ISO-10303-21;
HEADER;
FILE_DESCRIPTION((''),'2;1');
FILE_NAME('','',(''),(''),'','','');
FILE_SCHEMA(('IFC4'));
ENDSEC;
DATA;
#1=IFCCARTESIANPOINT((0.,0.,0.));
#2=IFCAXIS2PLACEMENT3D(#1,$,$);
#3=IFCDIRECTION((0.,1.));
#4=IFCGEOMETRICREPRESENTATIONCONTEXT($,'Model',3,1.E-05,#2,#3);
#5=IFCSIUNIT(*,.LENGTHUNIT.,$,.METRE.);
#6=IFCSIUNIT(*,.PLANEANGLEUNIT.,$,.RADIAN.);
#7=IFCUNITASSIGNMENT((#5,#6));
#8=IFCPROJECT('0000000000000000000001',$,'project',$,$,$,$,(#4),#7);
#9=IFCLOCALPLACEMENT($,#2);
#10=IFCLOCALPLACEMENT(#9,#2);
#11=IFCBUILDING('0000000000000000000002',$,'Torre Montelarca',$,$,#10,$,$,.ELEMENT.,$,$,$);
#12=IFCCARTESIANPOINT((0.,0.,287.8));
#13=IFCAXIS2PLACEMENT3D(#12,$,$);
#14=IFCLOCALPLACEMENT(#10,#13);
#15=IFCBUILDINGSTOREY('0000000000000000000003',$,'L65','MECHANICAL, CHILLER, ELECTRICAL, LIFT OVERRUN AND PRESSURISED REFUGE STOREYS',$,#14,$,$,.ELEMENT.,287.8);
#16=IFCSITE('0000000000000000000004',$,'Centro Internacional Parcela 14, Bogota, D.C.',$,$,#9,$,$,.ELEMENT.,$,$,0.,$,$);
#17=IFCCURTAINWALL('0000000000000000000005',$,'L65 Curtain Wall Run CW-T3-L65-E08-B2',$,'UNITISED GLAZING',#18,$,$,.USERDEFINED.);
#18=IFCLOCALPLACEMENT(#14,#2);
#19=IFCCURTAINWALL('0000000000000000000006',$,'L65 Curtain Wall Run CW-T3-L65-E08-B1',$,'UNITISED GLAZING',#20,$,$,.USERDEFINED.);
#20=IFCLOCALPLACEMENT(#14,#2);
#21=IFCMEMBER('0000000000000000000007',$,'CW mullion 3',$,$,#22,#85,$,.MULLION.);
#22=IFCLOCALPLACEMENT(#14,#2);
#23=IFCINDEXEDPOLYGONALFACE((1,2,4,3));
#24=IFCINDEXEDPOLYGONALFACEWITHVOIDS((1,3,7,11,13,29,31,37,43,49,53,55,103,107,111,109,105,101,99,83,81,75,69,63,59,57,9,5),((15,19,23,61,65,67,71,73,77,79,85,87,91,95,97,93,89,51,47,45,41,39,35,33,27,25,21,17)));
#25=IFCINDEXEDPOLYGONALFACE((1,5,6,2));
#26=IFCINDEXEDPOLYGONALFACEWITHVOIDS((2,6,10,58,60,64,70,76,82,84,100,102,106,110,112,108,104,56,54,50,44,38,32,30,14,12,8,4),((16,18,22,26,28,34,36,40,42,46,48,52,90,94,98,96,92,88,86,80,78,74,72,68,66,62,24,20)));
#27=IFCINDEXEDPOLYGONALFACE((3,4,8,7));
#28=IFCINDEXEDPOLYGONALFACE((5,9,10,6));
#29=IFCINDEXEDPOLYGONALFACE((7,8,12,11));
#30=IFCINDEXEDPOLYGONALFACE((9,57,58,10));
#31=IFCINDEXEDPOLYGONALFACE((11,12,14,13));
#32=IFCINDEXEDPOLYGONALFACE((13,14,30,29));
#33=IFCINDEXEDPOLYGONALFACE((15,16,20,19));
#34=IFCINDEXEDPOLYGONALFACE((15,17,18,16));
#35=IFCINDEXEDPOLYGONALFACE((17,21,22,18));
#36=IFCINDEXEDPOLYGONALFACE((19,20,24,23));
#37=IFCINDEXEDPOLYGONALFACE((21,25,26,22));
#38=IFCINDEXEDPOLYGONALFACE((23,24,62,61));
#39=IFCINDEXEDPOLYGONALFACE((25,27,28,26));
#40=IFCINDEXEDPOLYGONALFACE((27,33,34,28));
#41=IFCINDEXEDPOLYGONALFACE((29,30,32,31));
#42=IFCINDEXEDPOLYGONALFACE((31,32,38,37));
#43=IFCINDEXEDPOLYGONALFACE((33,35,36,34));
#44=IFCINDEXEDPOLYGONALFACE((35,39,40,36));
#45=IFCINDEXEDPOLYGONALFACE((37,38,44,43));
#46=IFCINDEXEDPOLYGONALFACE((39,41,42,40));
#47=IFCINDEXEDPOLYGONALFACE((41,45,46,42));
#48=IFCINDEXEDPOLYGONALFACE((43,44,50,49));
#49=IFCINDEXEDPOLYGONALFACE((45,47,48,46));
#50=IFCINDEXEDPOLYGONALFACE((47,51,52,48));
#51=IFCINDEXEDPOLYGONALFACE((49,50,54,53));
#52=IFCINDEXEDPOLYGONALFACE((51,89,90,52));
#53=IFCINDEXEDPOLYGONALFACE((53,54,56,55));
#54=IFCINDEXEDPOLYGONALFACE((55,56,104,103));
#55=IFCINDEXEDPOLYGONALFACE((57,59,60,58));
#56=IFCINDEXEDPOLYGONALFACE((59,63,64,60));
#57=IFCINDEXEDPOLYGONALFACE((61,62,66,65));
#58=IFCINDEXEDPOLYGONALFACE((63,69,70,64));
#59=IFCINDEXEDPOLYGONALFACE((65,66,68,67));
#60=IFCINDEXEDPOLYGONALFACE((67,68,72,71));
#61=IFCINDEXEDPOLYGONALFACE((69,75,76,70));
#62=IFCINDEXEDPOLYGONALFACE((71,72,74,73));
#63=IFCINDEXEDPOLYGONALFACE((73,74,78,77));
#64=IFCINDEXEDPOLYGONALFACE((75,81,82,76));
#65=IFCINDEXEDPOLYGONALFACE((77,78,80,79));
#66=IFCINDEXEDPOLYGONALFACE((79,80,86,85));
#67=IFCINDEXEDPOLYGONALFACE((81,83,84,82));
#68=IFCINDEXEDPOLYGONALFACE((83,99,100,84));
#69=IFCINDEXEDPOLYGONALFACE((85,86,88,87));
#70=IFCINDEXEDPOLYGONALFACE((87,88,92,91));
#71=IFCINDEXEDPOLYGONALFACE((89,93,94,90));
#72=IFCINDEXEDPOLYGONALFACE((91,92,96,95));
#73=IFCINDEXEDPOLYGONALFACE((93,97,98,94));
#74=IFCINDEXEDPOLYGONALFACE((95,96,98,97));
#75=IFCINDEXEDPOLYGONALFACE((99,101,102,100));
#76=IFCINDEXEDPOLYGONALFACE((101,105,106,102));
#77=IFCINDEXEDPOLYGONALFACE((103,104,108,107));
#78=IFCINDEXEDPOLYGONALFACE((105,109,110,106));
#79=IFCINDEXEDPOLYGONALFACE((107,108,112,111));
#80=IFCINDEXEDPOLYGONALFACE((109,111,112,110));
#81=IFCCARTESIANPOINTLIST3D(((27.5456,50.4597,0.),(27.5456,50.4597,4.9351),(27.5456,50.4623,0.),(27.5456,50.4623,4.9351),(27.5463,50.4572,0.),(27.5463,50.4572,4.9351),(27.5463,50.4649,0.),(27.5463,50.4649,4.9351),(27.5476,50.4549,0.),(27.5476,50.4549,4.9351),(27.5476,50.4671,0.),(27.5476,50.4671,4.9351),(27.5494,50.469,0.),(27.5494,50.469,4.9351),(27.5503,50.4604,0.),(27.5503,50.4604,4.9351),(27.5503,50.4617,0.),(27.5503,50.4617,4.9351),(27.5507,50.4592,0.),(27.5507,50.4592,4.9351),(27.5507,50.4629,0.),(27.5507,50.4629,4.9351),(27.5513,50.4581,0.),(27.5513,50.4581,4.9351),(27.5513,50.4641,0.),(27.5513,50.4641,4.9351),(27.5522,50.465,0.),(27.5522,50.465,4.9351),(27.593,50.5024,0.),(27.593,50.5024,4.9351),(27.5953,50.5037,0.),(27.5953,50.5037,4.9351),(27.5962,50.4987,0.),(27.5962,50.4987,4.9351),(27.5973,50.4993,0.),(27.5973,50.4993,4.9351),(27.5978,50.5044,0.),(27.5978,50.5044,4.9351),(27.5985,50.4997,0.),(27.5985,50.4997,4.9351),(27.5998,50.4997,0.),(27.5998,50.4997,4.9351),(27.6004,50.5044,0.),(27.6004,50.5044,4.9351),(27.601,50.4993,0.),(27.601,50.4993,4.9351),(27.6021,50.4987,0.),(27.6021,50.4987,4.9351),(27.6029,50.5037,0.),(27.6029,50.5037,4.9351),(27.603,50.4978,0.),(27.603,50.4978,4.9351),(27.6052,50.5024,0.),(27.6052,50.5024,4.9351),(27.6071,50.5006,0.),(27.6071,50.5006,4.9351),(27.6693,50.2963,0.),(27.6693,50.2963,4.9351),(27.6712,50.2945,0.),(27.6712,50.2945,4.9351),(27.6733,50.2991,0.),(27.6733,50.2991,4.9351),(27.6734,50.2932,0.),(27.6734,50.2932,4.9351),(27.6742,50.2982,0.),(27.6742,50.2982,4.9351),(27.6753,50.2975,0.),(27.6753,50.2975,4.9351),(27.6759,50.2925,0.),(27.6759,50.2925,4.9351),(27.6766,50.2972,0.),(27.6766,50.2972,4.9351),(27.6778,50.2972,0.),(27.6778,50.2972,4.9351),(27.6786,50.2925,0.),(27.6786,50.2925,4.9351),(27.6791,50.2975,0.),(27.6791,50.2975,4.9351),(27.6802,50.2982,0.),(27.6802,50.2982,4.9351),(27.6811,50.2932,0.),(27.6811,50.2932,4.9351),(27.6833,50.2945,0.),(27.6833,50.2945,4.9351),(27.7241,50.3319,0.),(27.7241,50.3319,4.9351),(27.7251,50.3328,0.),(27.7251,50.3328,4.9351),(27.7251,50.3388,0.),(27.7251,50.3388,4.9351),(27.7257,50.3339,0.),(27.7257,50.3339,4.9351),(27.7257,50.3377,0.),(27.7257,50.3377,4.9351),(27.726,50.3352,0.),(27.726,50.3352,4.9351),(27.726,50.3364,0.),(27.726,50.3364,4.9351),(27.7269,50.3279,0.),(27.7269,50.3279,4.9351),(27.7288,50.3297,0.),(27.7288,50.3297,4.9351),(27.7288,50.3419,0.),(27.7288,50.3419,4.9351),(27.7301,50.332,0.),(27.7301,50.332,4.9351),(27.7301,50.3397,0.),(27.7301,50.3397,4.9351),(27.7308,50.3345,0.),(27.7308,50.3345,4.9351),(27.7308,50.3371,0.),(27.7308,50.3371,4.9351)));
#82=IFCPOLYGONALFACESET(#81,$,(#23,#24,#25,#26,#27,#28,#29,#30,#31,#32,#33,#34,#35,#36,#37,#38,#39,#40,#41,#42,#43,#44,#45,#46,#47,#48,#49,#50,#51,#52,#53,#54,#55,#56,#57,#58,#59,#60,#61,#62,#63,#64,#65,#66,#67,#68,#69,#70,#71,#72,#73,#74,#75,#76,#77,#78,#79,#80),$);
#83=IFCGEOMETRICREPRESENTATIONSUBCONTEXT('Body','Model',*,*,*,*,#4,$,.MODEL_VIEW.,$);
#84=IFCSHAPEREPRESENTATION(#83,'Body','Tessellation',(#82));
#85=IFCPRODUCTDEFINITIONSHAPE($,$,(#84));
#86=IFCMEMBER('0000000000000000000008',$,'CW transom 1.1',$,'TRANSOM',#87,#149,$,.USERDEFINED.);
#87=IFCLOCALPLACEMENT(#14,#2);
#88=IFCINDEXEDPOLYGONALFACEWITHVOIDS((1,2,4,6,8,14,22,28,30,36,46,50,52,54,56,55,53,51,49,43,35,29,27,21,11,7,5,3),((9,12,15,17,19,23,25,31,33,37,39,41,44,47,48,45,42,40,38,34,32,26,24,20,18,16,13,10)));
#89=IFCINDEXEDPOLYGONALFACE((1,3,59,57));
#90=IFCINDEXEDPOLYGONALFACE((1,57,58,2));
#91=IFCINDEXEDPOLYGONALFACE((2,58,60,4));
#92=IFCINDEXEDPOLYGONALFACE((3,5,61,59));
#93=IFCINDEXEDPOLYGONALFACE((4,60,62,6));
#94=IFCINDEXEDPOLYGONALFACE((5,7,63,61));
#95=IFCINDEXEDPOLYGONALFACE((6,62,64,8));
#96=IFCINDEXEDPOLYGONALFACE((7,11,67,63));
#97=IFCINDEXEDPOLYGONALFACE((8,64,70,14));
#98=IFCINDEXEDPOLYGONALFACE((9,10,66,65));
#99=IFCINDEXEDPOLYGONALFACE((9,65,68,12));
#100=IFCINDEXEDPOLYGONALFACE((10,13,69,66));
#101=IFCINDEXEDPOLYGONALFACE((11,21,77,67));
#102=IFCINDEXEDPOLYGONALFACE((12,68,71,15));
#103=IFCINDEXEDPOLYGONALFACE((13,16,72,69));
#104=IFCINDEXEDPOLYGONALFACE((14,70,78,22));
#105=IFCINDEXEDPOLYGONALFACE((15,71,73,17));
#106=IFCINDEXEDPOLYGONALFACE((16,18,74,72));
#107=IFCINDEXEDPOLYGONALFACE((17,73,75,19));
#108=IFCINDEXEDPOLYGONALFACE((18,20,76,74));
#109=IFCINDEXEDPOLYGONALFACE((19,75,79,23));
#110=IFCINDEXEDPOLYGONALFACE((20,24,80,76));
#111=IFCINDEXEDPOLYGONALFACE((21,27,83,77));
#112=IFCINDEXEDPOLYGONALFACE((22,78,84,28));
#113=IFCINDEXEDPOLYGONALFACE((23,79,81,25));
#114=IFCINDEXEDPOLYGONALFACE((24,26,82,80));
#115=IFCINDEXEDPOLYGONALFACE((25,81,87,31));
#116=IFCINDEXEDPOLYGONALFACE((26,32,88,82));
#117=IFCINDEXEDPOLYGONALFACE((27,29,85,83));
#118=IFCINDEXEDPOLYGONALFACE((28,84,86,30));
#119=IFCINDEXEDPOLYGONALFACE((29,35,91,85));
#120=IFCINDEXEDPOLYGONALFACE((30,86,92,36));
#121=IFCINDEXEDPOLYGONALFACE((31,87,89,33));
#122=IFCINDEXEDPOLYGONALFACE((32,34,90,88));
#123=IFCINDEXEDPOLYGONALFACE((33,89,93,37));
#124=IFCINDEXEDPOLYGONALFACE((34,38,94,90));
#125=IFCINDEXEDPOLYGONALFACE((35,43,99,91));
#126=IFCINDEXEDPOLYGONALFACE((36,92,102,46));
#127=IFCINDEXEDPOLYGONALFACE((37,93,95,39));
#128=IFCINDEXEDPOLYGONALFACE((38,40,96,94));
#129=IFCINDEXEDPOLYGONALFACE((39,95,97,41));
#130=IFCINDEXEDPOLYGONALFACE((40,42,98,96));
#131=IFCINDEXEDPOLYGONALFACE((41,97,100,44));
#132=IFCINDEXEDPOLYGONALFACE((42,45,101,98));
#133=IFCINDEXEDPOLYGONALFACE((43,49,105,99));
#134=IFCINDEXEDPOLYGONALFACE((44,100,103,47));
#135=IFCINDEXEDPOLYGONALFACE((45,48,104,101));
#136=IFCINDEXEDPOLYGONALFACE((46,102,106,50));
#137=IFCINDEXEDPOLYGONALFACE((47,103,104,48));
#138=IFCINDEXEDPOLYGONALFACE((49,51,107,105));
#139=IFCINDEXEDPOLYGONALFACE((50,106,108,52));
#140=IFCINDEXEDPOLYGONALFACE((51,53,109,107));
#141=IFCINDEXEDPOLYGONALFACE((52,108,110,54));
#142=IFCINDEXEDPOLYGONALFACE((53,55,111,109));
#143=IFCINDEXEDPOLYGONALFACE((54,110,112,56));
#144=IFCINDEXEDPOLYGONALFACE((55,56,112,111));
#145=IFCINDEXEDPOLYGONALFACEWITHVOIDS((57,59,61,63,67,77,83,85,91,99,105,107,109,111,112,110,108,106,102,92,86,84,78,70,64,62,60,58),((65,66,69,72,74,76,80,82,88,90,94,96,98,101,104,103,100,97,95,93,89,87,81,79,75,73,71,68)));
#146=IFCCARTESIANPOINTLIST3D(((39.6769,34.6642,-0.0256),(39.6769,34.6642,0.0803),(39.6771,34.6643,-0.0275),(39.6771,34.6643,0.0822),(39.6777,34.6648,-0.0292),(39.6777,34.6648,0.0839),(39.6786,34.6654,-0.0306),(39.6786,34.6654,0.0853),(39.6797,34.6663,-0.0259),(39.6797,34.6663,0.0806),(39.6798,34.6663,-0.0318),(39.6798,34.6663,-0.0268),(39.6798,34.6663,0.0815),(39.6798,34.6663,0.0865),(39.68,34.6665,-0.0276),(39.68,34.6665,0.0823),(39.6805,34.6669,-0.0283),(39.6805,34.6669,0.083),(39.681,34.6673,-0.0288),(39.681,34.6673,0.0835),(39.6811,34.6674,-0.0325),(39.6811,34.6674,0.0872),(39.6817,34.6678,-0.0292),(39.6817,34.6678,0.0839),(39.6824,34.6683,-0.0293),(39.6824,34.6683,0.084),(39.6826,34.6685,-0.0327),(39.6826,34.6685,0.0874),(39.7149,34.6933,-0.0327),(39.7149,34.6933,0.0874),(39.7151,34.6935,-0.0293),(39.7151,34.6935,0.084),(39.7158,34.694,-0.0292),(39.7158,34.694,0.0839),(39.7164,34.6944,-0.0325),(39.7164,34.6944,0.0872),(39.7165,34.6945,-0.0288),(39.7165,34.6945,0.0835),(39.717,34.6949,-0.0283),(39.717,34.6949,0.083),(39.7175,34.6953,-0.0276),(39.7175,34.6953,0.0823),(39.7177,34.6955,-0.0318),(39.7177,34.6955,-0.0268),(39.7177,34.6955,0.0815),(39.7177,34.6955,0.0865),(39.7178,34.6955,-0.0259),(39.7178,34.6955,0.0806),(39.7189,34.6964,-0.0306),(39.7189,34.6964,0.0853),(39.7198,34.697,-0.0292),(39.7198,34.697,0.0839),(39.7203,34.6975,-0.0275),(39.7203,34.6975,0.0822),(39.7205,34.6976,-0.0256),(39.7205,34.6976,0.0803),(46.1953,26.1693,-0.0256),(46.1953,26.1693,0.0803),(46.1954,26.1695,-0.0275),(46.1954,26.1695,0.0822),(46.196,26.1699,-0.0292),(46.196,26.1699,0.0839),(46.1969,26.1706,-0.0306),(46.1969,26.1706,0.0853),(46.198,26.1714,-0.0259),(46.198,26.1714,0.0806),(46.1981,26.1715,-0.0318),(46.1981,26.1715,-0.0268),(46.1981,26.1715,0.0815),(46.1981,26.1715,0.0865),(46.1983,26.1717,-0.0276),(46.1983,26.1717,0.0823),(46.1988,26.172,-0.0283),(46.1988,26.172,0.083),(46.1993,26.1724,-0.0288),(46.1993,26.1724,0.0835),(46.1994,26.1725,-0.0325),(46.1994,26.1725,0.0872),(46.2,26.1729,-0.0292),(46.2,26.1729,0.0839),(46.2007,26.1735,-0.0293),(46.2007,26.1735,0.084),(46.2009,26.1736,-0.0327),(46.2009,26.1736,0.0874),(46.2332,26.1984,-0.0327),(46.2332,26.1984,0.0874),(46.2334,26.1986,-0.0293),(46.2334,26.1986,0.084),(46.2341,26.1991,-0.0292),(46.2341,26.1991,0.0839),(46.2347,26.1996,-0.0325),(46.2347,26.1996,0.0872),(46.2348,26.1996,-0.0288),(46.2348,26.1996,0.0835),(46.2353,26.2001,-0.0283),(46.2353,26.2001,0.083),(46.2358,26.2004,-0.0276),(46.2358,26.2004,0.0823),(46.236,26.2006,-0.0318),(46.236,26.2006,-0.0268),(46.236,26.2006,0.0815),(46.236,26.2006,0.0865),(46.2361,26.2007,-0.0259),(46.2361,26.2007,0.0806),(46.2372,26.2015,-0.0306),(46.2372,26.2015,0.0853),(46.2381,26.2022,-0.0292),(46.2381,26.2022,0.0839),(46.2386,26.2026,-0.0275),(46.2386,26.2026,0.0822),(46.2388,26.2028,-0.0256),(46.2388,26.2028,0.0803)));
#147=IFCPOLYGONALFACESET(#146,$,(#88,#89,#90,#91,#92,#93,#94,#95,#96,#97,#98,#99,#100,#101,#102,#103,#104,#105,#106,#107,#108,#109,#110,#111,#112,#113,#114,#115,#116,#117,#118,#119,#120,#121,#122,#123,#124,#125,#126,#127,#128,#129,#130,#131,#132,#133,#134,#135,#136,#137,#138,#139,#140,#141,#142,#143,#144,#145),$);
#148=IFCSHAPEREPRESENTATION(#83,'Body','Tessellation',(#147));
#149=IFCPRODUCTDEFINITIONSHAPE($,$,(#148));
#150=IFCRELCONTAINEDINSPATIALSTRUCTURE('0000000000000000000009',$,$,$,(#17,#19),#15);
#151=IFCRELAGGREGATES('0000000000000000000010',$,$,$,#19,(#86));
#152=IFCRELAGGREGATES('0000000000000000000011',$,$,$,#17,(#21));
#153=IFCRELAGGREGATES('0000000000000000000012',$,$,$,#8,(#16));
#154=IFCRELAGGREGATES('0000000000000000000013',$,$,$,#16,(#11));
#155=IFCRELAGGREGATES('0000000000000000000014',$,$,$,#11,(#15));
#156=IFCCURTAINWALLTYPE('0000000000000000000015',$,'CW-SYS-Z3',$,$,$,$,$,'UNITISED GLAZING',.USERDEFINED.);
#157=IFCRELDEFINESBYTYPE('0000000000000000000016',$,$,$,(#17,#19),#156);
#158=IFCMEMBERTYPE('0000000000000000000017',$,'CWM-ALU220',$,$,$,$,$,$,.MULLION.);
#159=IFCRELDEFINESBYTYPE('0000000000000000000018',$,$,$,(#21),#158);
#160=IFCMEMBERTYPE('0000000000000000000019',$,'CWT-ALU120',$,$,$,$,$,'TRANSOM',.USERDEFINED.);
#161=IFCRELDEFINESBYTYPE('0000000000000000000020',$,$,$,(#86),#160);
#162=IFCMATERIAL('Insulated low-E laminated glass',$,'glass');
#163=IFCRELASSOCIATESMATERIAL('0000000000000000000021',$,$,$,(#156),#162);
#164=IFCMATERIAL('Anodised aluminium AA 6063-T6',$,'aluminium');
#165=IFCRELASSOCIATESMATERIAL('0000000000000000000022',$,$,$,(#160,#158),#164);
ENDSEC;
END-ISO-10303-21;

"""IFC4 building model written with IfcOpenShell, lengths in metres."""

from ifc_helpers import new_model, si_unit, direction, frame, origin, origin_2d, place, context, subcontext, project, spatial, hollow_rectangle, extrude, source, transform, mapped, material, material_profile, profile_set, type_object, element, aggregate, save


model = new_model("IFC4")

# Units and contexts
model_context = context("Model", 3, precision=1e-05, world=origin(), true_north=direction((0.0, 1.0)))
body_context = subcontext(model_context, "Body", "Model", "MODEL_VIEW")
ifc_project = project(units=[si_unit("LENGTHUNIT", "METRE"), si_unit("PLANEANGLEUNIT", "RADIAN")], contexts=[model_context])

# Site, building, storey
site_placement = place(None, origin())
site = spatial("IfcSite", under=ifc_project, at=site_placement, Name="Centro Internacional Parcela 14, Bogota, D.C.", CompositionType="ELEMENT", RefElevation=0.0)
building_placement = place(site_placement, origin())
building = spatial("IfcBuilding", under=site, at=building_placement, Name="Torre Montelarca", CompositionType="ELEMENT")
storey_placement = place(building_placement, frame((0.0, 0.0, 287.8)))
storey = spatial("IfcBuildingStorey", under=building, at=storey_placement, Name="L65", Description="MECHANICAL, CHILLER, ELECTRICAL, LIFT OVERRUN AND PRESSURISED REFUGE STOREYS", CompositionType="ELEMENT", Elevation=287.8)

# Curtain walls
ifc_material_1 = material(Name="Insulated low-E laminated glass", Category="glass")
curtain_wall_type = type_object("IfcCurtainWallType", Name="CW-SYS-Z3", ElementType="UNITISED GLAZING", PredefinedType="USERDEFINED", material=ifc_material_1)
curtain_wall_1_placement = place(storey_placement, origin())
curtain_wall_1 = element("IfcCurtainWall", 1, at=curtain_wall_1_placement, inside=storey, type_object=curtain_wall_type, Name="L65 Curtain Wall Run CW-T3-L65-E08-B2", ObjectType="UNITISED GLAZING", PredefinedType="USERDEFINED")
ifc_material_2 = material(Name="Anodised aluminium AA 6063-T6", Category="aluminium")
ifc_material_profile_1 = material_profile(ifc_material_2, hollow_rectangle(XDim=0.0549, YDim=0.1201, WallThickness=0.0034, InnerFilletRadius=0.0034, OuterFilletRadius=0.0071, at=origin_2d()), Name="ALU55X120X3.5", Category="aluminium")
ifc_profile_set_1 = profile_set([ifc_material_profile_1], Name="Anodised aluminium AA 6063-T6")
member_type_1 = type_object("IfcMemberType", Name="CWT-ALU120", ElementType="TRANSOM", PredefinedType="USERDEFINED", material=ifc_profile_set_1)
curtain_wall_2_placement = place(storey_placement, origin())
curtain_wall_2 = element("IfcCurtainWall", 2, at=curtain_wall_2_placement, inside=storey, type_object=curtain_wall_type, Name="L65 Curtain Wall Run CW-T3-L65-E08-B1", ObjectType="UNITISED GLAZING", PredefinedType="USERDEFINED")
ifc_material_profile_2 = material_profile(ifc_material_2, hollow_rectangle(XDim=0.075, YDim=0.22, WallThickness=0.0049, InnerFilletRadius=0.0049, OuterFilletRadius=0.01, at=origin_2d()), Name="ALU75X220X5", Category="aluminium")
ifc_profile_set_2 = profile_set([ifc_material_profile_2], Name="Anodised aluminium AA 6063-T6")
member_type_2 = type_object("IfcMemberType", Name="CWM-ALU220", PredefinedType="MULLION", material=ifc_profile_set_2)
shared_shape_1 = source(origin(), body_context, "Body", "SweptSolid", [
    extrude(hollow_rectangle(XDim=0.075, YDim=0.22, WallThickness=0.0049, InnerFilletRadius=0.0049, OuterFilletRadius=0.01, at=origin_2d()), origin(), (0.0, 0.0, 1.0), 4.9351),
])

# Members
member_1_placement = place(storey_placement, frame((27.6382, 50.3984, 0.0), z_axis=(0.0, 0.0, 1.0), x_axis=(-0.793353, -0.608762, 0.0)))
member_1 = element("IfcMember", 3, at=member_1_placement, type_object=member_type_2, Name="CW mullion 3", PredefinedType="MULLION", context=body_context, shape_type="MappedRepresentation", body=[
    mapped(shared_shape_1, transform((0.0, 0.0, 0.0), scale=1.0)),
])
shared_shape_2 = source(origin(), body_context, "Body", "SweptSolid", [
    extrude(hollow_rectangle(XDim=0.0549, YDim=0.1201, WallThickness=0.0034, InnerFilletRadius=0.0034, OuterFilletRadius=0.0071, at=origin_2d()), origin(), (0.0, 0.0, 1.0), 10.7075),
])
member_2_placement = place(storey_placement, frame((46.217, 26.186, 0.0273), z_axis=(-0.608759, 0.793355, 0.0), x_axis=(-0.793355, -0.608759, 0.0)))
member_2 = element("IfcMember", 4, at=member_2_placement, type_object=member_type_1, Name="CW transom 1.1", ObjectType="TRANSOM", PredefinedType="USERDEFINED", context=body_context, shape_type="MappedRepresentation", body=[
    mapped(shared_shape_2, transform((0.0, 0.0, 0.0), scale=1.0)),
])

aggregate(curtain_wall_2, [member_2])
aggregate(curtain_wall_1, [member_1])

save(model, "model.ifc")
